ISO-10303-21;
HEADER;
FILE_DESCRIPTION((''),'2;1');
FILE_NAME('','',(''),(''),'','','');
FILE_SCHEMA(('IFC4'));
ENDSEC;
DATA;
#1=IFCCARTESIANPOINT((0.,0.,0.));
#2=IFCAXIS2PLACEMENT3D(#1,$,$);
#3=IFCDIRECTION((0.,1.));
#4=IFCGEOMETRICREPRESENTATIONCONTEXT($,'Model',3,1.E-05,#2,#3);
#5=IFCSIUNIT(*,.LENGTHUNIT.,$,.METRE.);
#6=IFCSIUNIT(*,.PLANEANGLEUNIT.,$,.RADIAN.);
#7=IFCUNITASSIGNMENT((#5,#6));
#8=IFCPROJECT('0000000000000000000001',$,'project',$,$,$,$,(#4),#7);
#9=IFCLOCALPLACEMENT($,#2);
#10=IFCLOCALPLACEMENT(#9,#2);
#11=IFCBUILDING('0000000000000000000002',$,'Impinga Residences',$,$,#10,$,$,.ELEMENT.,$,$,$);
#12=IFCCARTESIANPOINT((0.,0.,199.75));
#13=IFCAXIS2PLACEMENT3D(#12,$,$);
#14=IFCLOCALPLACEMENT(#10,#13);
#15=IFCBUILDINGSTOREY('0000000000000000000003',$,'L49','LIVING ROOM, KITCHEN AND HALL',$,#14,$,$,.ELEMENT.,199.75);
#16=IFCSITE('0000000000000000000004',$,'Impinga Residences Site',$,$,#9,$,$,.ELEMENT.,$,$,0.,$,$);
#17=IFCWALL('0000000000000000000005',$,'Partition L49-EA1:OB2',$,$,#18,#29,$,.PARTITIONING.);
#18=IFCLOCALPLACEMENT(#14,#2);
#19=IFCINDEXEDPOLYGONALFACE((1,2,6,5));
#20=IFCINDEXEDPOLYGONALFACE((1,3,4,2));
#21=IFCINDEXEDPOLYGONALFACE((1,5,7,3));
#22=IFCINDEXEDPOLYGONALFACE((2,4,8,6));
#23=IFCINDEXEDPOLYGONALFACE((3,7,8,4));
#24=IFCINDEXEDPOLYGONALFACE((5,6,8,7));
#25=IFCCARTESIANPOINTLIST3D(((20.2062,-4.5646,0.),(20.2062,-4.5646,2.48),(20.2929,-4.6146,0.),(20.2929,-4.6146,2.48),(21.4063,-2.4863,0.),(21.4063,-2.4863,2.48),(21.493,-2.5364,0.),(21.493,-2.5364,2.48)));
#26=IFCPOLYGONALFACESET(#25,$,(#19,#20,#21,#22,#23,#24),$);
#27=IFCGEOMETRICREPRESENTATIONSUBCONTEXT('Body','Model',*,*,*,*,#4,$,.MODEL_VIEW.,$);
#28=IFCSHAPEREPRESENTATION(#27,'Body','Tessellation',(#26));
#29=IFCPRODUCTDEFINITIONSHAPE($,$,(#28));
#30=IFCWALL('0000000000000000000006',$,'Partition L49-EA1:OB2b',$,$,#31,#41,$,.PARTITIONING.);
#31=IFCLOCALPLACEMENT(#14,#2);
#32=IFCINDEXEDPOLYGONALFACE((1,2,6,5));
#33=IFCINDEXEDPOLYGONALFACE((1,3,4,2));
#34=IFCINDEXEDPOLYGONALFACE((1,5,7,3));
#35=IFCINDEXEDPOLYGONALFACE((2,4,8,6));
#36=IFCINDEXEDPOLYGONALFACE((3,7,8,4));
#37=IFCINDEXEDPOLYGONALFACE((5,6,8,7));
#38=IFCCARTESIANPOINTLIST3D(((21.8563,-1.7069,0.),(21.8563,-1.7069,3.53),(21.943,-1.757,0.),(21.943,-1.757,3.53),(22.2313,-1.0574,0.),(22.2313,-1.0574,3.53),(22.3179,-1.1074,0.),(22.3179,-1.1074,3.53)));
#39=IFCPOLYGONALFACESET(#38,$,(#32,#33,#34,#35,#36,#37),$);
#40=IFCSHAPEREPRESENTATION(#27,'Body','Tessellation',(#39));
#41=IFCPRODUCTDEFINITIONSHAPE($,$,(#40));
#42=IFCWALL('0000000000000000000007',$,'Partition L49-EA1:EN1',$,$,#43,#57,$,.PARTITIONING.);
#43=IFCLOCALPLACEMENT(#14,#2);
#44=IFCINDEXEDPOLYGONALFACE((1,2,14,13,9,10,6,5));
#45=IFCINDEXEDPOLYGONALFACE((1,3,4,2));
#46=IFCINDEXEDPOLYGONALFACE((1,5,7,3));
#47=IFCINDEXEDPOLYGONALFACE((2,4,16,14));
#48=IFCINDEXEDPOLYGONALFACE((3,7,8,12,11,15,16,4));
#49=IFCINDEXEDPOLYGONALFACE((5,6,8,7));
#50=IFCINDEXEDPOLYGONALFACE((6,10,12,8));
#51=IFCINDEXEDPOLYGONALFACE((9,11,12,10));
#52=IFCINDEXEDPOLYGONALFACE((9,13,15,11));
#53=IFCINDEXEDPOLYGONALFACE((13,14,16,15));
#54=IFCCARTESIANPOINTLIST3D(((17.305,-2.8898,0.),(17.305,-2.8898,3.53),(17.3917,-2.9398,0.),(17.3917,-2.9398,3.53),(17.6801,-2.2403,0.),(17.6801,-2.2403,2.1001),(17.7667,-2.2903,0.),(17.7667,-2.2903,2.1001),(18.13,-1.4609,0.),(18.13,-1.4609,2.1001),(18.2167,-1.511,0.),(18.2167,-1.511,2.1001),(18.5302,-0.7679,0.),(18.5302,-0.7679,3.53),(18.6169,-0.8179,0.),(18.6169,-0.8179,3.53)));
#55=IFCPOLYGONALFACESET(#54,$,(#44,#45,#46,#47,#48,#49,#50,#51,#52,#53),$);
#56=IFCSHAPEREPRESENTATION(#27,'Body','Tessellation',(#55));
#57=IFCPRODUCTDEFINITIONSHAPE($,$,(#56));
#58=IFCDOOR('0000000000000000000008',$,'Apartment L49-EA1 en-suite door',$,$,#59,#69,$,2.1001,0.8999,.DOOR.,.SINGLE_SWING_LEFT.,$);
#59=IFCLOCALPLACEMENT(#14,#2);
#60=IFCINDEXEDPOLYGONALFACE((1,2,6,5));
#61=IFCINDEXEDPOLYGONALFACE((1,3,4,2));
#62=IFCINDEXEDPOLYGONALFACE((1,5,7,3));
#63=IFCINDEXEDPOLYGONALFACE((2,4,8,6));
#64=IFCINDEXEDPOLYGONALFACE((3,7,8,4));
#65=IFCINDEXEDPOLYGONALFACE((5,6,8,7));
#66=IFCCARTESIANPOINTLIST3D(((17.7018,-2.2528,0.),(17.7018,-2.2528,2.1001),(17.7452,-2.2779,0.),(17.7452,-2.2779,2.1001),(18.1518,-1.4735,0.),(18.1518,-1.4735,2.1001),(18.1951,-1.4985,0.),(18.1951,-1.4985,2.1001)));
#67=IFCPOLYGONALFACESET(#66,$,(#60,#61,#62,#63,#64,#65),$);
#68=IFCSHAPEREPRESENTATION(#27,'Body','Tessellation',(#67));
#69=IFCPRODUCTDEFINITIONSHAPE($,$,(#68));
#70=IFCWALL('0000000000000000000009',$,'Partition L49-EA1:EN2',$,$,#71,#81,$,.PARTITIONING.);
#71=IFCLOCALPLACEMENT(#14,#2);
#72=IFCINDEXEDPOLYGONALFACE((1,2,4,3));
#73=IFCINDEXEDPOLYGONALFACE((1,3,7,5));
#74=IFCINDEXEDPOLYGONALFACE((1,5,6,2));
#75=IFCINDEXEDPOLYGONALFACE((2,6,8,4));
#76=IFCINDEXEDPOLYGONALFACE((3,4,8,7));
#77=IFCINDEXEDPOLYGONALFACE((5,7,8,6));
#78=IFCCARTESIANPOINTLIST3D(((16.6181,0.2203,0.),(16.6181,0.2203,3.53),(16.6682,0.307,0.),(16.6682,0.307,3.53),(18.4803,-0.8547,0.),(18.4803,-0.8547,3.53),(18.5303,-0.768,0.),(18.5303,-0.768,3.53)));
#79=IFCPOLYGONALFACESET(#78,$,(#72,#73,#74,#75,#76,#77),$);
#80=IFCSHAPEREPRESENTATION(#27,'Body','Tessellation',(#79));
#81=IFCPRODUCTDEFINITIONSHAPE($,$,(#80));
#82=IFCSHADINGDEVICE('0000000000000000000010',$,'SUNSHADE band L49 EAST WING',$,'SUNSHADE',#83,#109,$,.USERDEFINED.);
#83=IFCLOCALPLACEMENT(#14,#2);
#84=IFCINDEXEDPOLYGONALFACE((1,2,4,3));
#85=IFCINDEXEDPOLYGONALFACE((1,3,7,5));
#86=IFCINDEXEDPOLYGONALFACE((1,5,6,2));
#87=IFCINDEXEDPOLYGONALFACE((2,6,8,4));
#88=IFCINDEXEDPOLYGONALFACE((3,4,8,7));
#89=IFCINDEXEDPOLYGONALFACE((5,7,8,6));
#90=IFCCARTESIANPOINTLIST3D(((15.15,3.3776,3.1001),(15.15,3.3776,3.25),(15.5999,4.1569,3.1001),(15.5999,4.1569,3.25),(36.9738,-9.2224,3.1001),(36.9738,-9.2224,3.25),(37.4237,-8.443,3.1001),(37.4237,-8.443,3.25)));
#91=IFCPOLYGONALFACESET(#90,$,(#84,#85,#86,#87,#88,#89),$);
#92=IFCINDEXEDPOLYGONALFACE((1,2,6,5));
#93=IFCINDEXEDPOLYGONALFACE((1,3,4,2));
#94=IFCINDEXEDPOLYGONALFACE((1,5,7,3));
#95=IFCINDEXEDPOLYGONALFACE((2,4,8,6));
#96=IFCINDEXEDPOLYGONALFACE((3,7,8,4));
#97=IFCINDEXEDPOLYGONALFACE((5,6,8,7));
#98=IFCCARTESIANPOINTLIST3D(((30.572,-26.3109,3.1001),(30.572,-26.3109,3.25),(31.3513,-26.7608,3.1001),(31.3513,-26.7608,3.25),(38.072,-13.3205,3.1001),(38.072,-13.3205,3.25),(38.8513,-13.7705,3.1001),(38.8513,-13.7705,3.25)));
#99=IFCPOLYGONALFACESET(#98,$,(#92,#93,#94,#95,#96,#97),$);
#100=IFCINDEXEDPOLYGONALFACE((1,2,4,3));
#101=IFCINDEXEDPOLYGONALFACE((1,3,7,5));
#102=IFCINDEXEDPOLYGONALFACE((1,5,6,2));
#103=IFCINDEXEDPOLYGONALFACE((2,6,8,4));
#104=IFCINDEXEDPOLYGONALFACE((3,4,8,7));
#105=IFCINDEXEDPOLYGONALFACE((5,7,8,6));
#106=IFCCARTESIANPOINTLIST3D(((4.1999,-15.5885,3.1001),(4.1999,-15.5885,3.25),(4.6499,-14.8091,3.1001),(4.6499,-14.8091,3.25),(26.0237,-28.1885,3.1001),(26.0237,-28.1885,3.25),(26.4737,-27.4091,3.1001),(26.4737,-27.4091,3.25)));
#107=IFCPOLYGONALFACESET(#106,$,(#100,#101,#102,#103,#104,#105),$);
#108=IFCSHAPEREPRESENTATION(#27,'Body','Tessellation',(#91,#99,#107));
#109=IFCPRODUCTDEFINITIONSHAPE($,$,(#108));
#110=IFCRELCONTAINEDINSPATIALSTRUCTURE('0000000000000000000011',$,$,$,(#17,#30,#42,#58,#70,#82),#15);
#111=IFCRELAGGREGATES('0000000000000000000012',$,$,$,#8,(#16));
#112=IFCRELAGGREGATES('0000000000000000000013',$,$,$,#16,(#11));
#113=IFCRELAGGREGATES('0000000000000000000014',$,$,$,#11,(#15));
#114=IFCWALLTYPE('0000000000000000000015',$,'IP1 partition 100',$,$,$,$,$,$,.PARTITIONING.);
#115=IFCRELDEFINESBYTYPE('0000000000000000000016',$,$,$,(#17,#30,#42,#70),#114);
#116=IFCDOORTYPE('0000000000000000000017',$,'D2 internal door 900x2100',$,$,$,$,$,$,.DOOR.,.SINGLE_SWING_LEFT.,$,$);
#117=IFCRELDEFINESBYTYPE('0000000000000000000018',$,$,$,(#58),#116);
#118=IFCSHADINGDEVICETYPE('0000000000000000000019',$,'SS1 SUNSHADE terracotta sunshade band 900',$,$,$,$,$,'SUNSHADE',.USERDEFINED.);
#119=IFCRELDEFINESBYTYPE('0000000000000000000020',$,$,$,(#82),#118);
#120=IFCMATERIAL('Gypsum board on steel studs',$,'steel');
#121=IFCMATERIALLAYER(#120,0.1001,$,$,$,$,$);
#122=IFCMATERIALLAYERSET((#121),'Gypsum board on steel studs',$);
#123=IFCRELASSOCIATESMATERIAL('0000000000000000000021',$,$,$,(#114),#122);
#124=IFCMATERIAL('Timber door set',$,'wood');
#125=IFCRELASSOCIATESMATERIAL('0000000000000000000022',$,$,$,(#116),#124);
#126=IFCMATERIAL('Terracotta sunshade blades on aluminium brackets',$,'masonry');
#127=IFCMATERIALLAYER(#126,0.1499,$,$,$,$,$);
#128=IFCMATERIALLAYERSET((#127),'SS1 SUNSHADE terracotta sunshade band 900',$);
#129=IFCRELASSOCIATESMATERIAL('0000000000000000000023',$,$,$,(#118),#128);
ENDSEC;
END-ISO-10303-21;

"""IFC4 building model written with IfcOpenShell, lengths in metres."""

from ifc_helpers import new_model, si_unit, direction, frame, frame_2d, origin, origin_2d, place, context, subcontext, project, spatial, rectangle, extrude, material, layer, layer_set, type_object, element, fill, save


model = new_model("IFC4")

# Units and contexts
model_context = context("Model", 3, precision=1e-05, world=origin(), true_north=direction((0.0, 1.0)))
body_context = subcontext(model_context, "Body", "Model", "MODEL_VIEW")
ifc_project = project(units=[si_unit("LENGTHUNIT", "METRE"), si_unit("PLANEANGLEUNIT", "RADIAN")], contexts=[model_context])

# Site, building, storey
site_placement = place(None, origin())
site = spatial("IfcSite", under=ifc_project, at=site_placement, Name="Impinga Residences Site", CompositionType="ELEMENT", RefElevation=0.0)
building_placement = place(site_placement, origin())
building = spatial("IfcBuilding", under=site, at=building_placement, Name="Impinga Residences", CompositionType="ELEMENT")
storey_placement = place(building_placement, frame((0.0, 0.0, 199.75)))
storey = spatial("IfcBuildingStorey", under=building, at=storey_placement, Name="L49", Description="LIVING ROOM, KITCHEN AND HALL", CompositionType="ELEMENT", Elevation=199.75)

# Walls
ifc_material_1 = material(Name="Gypsum board on steel studs", Category="steel")
ifc_layer_1 = layer(ifc_material_1, 0.1001)
ifc_layer_set_1 = layer_set([ifc_layer_1], Name="Gypsum board on steel studs")
wall_type_1 = type_object("IfcWallType", Name="IP1 partition 100", PredefinedType="PARTITIONING", material=ifc_layer_set_1)
wall_1_placement = place(storey_placement, frame((20.2495, -4.5896, 0.0), z_axis=(0.0, 0.0, 1.0), x_axis=(0.500078, 0.865981, 0.0)))
element("IfcWall", 1, at=wall_1_placement, inside=storey, type_object=wall_type_1, Name="Partition L49-EA1:OB2", PredefinedType="PARTITIONING", context=body_context, shape_type="SweptSolid", body=[
    extrude(rectangle(XDim=2.3999, YDim=0.1001, at=frame_2d((1.2, 0.0))), origin(), (0.0, 0.0, 1.0), 2.48),
])
wall_2_placement = place(storey_placement, frame((21.8997, -1.7319, 0.0), z_axis=(0.0, 0.0, 1.0), x_axis=(0.49992, 0.866072, 0.0)))
element("IfcWall", 2, at=wall_2_placement, inside=storey, type_object=wall_type_1, Name="Partition L49-EA1:OB2b", PredefinedType="PARTITIONING", context=body_context, shape_type="SweptSolid", body=[
    extrude(rectangle(XDim=0.75, YDim=0.1001, at=frame_2d((0.375, 0.0))), origin(), (0.0, 0.0, 1.0), 3.53),
])

# Wall, opening, door
wall_3_placement = place(storey_placement, frame((17.3484, -2.9148, 0.0), z_axis=(0.0, 0.0, 1.0), x_axis=(0.500019, 0.866015, 0.0)))
wall_3 = element("IfcWall", 3, at=wall_3_placement, inside=storey, type_object=wall_type_1, Name="Partition L49-EA1:EN1", PredefinedType="PARTITIONING", context=body_context, shape_type="SweptSolid", body=[
    extrude(rectangle(XDim=2.4502, YDim=0.1001, at=frame_2d((1.2251, 0.0))), origin(), (0.0, 0.0, 1.0), 3.53),
])
opening_1_placement = place(wall_3_placement, frame((0.75, 0.0, 0.0)))
opening_1 = element("IfcOpeningElement", 4, at=opening_1_placement, cuts=wall_3, PredefinedType="OPENING", context=body_context, shape_type="SweptSolid", body=[
    extrude(rectangle(XDim=0.8999, YDim=2.1001, at=frame_2d((0.45, 1.05))), frame((0.0, 0.0601, 0.0), z_axis=(0.0, -1.0, 0.0), x_axis=(1.0, 0.0, 0.0)), (0.0, 0.0, 1.0), 0.1201),
])
ifc_material_2 = material(Name="Timber door set", Category="wood")
door_type = type_object("IfcDoorType", Name="D2 internal door 900x2100", OperationType="SINGLE_SWING_LEFT", PredefinedType="DOOR", material=ifc_material_2)
door_placement = place(opening_1_placement, origin())
door = element("IfcDoor", 5, at=door_placement, inside=storey, type_object=door_type, Name="Apartment L49-EA1 en-suite door", OperationType="SINGLE_SWING_LEFT", OverallHeight=2.1001, OverallWidth=0.8999, PredefinedType="DOOR", context=body_context, shape_type="SweptSolid", body=[
    extrude(rectangle(XDim=0.8999, YDim=2.1001, at=frame_2d((0.45, 1.05))), frame((0.0, 0.0249, 0.0), z_axis=(0.0, -1.0, 0.0), x_axis=(1.0, 0.0, 0.0)), (0.0, 0.0, 1.0), 0.05),
])
fill(opening_1, door)

# Wall
wall_4_placement = place(storey_placement, frame((16.6431, 0.2637, 0.0), z_axis=(0.0, 0.0, 1.0), x_axis=(0.866048, -0.499962, 0.0)))
element("IfcWall", 6, at=wall_4_placement, inside=storey, type_object=wall_type_1, Name="Partition L49-EA1:EN2", PredefinedType="PARTITIONING", context=body_context, shape_type="SweptSolid", body=[
    extrude(rectangle(XDim=2.1501, YDim=0.1001, at=frame_2d((1.0752, 0.0))), origin(), (0.0, 0.0, 1.0), 3.53),
])

# Shading device
ifc_material_3 = material(Name="Terracotta sunshade blades on aluminium brackets", Category="masonry")
ifc_layer_2 = layer(ifc_material_3, 0.1499)
ifc_layer_set_2 = layer_set([ifc_layer_2], Name="SS1 SUNSHADE terracotta sunshade band 900")
shading_device_type = type_object("IfcShadingDeviceType", Name="SS1 SUNSHADE terracotta sunshade band 900", ElementType="SUNSHADE", PredefinedType="USERDEFINED", material=ifc_layer_set_2)
shading_device_placement = place(storey_placement, frame((26.2869, -2.5327, 3.1001), z_axis=(0.0, 0.0, 1.0), x_axis=(0.866025, -0.5, 0.0)))
element("IfcShadingDevice", 7, at=shading_device_placement, inside=storey, type_object=shading_device_type, Name="SUNSHADE band L49 EAST WING", ObjectType="SUNSHADE", PredefinedType="USERDEFINED", context=body_context, shape_type="SweptSolid", body=[
    extrude(rectangle(XDim=25.2, YDim=0.8999, at=origin_2d()), origin(), (0.0, 0.0, 1.0), 0.1499),
    extrude(rectangle(XDim=15.0, YDim=0.8999, at=origin_2d()), frame((16.05, -10.95, 0.0), z_axis=(0.0, 0.0, 1.0), x_axis=(0.0, -1.0, 0.0)), (0.0, 0.0, 1.0), 0.1499),
    extrude(rectangle(XDim=25.2, YDim=0.8999, at=origin_2d()), frame((0.0, -21.9001, 0.0), z_axis=(0.0, 0.0, 1.0), x_axis=(-1.0, 0.0, 0.0)), (0.0, 0.0, 1.0), 0.1499),
])

save(model, "model.ifc")
